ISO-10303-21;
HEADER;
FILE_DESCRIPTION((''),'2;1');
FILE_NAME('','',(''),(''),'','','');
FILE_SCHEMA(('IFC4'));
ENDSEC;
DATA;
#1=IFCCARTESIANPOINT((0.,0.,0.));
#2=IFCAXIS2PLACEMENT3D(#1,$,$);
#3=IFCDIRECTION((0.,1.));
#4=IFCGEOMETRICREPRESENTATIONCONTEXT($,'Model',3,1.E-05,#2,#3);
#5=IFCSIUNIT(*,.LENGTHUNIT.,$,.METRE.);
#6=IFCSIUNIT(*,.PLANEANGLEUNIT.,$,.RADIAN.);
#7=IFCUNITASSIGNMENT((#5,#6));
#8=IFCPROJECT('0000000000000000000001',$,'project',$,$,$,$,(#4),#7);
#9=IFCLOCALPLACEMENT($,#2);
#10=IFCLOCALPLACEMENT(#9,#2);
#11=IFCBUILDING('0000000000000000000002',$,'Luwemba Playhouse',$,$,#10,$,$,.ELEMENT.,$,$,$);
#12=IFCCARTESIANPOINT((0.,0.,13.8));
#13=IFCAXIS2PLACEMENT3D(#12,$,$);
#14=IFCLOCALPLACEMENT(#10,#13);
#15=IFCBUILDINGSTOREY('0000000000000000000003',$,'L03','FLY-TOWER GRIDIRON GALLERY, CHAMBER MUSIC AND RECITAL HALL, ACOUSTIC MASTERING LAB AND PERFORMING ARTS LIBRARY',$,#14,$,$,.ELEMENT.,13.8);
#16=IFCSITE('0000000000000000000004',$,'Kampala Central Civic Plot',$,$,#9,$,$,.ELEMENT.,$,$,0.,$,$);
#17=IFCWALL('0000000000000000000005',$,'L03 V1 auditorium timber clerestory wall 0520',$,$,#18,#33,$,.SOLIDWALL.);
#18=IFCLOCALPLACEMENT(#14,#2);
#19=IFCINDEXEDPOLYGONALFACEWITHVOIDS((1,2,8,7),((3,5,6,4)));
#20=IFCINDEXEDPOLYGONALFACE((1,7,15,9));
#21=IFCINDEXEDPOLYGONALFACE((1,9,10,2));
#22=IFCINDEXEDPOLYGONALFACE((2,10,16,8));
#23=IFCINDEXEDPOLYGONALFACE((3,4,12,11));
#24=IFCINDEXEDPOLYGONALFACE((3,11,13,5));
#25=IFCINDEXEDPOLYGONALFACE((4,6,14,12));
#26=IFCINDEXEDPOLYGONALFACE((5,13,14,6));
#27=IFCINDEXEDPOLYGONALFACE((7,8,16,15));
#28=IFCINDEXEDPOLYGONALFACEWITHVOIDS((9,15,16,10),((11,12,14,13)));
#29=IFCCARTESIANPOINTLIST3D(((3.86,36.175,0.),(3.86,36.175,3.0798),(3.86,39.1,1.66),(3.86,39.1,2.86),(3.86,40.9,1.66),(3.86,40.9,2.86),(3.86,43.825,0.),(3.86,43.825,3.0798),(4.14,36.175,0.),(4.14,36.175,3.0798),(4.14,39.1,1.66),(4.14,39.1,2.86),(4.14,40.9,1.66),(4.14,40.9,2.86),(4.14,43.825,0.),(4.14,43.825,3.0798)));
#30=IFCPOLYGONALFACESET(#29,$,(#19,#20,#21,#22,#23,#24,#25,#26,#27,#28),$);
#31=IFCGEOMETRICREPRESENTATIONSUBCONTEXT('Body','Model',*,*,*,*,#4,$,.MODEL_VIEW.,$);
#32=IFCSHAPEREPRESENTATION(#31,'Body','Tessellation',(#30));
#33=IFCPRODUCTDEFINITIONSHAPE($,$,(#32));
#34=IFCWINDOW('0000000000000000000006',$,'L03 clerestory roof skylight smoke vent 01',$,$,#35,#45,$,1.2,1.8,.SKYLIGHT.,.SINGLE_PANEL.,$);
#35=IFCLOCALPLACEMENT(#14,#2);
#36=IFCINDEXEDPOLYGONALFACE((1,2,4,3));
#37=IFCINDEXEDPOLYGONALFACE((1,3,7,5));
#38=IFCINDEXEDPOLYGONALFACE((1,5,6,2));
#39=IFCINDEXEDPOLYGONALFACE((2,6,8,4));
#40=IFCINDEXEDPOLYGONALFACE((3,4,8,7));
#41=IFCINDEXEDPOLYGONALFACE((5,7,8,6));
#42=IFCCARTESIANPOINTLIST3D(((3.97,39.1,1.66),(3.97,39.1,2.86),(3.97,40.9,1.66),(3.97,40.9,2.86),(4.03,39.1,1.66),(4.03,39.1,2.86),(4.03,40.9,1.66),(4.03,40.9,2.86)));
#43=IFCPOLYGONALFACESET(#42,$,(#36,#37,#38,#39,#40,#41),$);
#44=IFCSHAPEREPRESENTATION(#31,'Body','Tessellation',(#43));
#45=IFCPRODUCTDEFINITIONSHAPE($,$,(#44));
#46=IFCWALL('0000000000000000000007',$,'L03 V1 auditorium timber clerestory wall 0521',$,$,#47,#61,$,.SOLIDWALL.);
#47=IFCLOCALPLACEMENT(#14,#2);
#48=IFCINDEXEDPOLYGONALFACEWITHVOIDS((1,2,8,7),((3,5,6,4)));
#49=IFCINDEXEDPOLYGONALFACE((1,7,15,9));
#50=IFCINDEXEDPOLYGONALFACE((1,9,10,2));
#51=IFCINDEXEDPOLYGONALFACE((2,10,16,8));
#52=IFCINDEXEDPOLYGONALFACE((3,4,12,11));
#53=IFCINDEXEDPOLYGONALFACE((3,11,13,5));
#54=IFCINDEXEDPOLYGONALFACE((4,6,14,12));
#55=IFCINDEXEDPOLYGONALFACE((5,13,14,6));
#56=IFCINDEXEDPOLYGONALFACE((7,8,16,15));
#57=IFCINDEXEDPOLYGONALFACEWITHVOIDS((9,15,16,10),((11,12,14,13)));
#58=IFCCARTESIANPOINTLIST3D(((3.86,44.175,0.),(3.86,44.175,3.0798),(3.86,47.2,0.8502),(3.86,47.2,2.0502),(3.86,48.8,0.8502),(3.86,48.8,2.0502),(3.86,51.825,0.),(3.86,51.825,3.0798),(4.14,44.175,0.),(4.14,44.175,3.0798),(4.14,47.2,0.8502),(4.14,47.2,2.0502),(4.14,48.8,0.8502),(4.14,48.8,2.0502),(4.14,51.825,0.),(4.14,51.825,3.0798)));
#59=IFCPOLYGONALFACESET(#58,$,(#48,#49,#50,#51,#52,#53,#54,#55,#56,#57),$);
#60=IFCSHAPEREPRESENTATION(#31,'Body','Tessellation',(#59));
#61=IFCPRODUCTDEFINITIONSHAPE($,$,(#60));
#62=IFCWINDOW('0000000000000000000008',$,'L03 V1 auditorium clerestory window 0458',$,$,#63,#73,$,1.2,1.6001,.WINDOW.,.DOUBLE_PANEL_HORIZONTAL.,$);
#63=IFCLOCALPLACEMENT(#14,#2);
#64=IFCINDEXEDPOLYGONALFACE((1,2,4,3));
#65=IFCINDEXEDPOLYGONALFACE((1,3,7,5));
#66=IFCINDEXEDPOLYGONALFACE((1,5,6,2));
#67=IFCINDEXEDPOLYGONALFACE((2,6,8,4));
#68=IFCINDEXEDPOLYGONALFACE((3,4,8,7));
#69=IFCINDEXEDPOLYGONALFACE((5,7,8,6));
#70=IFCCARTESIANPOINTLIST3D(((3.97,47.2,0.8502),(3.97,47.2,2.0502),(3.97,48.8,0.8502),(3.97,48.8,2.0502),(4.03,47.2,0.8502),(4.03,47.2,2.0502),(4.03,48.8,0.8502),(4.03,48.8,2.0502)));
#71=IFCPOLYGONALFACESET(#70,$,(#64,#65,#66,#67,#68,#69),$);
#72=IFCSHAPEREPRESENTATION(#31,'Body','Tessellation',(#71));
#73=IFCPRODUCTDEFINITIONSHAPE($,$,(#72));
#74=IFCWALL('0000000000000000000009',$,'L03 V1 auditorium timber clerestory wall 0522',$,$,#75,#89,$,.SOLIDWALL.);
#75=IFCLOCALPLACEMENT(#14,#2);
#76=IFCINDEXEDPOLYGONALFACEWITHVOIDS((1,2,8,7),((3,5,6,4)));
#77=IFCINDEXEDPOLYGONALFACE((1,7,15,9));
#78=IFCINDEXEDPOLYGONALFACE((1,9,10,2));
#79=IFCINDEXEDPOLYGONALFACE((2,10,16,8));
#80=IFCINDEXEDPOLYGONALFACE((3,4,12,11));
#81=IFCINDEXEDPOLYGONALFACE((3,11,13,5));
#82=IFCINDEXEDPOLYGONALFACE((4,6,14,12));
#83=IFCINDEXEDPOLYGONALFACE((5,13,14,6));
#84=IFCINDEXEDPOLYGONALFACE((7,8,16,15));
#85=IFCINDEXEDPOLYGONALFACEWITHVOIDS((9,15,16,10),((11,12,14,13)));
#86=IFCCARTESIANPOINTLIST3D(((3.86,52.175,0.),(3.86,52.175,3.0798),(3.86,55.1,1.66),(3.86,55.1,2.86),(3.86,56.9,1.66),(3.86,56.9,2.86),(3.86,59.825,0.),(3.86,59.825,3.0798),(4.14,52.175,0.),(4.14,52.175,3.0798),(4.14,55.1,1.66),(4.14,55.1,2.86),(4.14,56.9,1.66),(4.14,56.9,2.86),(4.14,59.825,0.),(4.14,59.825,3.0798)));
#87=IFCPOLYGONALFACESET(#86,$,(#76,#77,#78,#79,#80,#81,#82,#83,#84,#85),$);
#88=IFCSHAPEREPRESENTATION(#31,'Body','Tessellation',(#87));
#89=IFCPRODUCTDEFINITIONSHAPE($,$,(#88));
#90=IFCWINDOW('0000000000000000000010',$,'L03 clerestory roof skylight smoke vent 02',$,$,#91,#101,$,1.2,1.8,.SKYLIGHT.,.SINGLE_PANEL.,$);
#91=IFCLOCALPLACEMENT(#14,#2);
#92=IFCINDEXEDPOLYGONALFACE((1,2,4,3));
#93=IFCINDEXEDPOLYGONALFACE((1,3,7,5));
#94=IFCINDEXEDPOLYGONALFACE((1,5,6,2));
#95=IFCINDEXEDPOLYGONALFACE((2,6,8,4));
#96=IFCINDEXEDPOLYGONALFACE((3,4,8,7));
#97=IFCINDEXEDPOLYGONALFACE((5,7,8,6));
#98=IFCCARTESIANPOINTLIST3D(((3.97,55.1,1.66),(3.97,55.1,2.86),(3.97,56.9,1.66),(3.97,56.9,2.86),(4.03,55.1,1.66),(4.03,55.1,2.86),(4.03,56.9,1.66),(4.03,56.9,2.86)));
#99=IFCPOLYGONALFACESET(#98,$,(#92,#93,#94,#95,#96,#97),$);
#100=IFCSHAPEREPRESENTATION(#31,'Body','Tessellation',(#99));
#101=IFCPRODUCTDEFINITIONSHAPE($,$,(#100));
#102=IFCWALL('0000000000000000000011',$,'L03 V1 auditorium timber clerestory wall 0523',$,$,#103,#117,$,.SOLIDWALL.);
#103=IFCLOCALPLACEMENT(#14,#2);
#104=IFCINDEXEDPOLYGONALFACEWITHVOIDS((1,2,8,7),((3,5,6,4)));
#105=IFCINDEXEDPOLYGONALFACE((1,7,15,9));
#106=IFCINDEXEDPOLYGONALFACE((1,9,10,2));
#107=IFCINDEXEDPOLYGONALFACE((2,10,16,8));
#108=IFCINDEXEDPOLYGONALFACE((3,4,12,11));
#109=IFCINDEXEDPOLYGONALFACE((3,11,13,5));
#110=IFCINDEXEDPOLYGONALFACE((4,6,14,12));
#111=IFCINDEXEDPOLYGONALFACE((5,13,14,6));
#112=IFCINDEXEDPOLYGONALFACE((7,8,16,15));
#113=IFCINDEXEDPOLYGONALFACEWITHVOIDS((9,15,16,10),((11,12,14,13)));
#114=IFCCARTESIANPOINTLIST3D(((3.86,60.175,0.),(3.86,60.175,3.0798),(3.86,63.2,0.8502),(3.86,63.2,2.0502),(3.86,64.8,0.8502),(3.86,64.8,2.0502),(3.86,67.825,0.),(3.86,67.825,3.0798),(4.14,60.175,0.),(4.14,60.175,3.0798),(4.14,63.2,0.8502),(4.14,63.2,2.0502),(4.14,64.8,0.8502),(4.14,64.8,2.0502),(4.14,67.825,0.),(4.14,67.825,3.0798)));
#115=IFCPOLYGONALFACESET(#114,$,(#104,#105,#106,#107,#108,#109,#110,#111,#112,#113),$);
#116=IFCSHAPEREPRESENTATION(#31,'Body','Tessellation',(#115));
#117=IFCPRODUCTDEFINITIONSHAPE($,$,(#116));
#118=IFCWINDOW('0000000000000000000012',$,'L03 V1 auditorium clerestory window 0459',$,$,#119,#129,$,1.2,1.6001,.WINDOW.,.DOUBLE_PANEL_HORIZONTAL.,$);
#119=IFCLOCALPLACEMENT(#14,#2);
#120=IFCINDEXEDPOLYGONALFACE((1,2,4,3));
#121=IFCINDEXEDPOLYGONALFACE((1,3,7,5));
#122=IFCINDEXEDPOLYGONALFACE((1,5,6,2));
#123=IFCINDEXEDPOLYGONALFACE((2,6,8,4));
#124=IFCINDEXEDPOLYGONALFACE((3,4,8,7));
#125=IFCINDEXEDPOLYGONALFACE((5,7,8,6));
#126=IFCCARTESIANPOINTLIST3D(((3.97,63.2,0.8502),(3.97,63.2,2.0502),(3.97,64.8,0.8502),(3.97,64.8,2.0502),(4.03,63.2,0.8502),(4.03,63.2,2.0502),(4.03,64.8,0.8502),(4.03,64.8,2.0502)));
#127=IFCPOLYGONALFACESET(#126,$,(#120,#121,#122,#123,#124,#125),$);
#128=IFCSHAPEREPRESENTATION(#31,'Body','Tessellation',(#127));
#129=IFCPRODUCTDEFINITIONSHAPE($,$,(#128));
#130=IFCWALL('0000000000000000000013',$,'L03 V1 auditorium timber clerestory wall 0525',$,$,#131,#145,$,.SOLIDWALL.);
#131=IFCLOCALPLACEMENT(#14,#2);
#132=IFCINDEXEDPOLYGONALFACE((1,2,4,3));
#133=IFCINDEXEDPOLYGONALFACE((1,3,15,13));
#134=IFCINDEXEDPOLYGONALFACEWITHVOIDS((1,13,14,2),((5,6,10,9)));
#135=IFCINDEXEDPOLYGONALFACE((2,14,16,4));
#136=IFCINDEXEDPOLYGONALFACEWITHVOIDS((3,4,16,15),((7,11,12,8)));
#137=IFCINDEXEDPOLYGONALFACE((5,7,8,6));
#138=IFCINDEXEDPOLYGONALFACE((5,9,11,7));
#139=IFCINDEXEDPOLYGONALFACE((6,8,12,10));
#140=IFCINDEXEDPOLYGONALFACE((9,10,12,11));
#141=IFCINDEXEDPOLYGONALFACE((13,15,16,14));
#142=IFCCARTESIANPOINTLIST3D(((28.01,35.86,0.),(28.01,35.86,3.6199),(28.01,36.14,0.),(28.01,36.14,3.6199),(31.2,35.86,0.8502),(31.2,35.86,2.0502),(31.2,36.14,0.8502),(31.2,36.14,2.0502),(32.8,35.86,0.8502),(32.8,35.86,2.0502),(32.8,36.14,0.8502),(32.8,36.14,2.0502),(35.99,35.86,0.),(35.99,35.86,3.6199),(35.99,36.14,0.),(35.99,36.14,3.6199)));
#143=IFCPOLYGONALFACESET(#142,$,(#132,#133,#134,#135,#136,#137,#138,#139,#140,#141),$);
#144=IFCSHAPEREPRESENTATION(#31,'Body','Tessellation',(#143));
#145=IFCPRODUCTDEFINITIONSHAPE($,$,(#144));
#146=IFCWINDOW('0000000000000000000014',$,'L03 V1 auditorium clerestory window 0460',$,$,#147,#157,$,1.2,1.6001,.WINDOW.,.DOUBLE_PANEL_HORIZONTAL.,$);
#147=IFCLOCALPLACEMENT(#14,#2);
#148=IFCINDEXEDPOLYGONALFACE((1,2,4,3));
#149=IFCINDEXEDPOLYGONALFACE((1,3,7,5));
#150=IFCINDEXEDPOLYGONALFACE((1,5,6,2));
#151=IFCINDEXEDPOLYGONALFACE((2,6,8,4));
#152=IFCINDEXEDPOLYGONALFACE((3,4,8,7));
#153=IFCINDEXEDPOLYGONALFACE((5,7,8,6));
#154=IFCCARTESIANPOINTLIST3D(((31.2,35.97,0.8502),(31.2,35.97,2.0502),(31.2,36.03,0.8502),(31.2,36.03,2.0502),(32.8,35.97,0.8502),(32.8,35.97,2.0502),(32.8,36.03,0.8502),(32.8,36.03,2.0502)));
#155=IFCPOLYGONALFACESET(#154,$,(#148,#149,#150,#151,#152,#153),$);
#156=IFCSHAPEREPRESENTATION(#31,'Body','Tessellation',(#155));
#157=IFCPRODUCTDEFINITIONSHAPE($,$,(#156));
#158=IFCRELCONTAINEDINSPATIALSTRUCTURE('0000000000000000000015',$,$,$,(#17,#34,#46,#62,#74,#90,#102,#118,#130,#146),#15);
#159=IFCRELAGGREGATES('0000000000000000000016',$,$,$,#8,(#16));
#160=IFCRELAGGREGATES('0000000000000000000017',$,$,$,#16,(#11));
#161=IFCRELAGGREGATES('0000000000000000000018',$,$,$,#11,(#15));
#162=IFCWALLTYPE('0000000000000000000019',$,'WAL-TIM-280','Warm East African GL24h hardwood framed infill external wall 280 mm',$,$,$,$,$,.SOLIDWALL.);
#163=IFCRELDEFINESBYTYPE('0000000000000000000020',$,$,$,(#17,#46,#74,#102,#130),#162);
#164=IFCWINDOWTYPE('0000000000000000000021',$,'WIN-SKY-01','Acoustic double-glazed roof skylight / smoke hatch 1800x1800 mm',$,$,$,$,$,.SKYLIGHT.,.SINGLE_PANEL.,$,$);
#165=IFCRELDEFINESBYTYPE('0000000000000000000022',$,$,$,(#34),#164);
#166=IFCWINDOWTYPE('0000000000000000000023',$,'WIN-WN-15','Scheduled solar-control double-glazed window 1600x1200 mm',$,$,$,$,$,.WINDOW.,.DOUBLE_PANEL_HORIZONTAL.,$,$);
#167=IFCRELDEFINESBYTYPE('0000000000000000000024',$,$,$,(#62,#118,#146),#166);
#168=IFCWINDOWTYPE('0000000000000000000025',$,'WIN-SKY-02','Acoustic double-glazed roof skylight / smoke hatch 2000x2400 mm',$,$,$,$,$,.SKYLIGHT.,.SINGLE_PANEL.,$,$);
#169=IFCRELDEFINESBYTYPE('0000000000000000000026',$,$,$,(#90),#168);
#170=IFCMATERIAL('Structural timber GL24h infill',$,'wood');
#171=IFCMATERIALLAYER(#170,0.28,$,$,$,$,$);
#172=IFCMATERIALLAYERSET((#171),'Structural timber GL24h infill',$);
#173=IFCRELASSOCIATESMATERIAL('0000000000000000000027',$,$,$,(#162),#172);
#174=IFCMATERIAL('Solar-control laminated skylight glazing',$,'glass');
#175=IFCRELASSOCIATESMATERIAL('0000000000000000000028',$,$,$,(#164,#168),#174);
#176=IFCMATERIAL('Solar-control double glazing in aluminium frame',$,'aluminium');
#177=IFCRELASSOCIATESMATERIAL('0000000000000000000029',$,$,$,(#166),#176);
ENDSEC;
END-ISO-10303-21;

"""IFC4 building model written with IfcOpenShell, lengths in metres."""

from ifc_helpers import new_model, si_unit, direction, frame, frame_2d, origin, place, context, subcontext, project, spatial, rectangle, extrude, material, layer, layer_set, type_object, element, fill, save


model = new_model("IFC4")

# Units and contexts
model_context = context("Model", 3, precision=1e-05, world=origin(), true_north=direction((0.0, 1.0)))
body_context = subcontext(model_context, "Body", "Model", "MODEL_VIEW")
ifc_project = project(units=[si_unit("LENGTHUNIT", "METRE"), si_unit("PLANEANGLEUNIT", "RADIAN")], contexts=[model_context])

# Site, building, storey
site_placement = place(None, origin())
site = spatial("IfcSite", under=ifc_project, at=site_placement, Name="Kampala Central Civic Plot", CompositionType="ELEMENT", RefElevation=0.0)
building_placement = place(site_placement, origin())
building = spatial("IfcBuilding", under=site, at=building_placement, Name="Luwemba Playhouse", CompositionType="ELEMENT")
storey_placement = place(building_placement, frame((0.0, 0.0, 13.8)))
storey = spatial("IfcBuildingStorey", under=building, at=storey_placement, Name="L03", Description="FLY-TOWER GRIDIRON GALLERY, CHAMBER MUSIC AND RECITAL HALL, ACOUSTIC MASTERING LAB AND PERFORMING ARTS LIBRARY", CompositionType="ELEMENT", Elevation=13.8)

# Walls, openings, windows
ifc_material_1 = material(Name="Structural timber GL24h infill", Category="wood")
ifc_layer_1 = layer(ifc_material_1, 0.28)
ifc_layer_set_1 = layer_set([ifc_layer_1], Name="Structural timber GL24h infill")
wall_type = type_object("IfcWallType", Name="WAL-TIM-280", Description="Warm East African GL24h hardwood framed infill external wall 280 mm", PredefinedType="SOLIDWALL", material=ifc_layer_set_1)
wall_1_placement = place(storey_placement, frame((4.0, 36.175, 0.0), z_axis=(0.0, 0.0, 1.0), x_axis=(0.0, 1.0, 0.0)))
wall_1 = element("IfcWall", 1, at=wall_1_placement, inside=storey, type_object=wall_type, Name="L03 V1 auditorium timber clerestory wall 0520", PredefinedType="SOLIDWALL", context=body_context, shape_type="SweptSolid", body=[
    extrude(rectangle(XDim=7.6499, YDim=0.28, at=frame_2d((3.825, 0.0))), origin(), (0.0, 0.0, 1.0), 3.0798),
])
opening_1_placement = place(wall_1_placement, frame((2.925, 0.0, 1.6599)))
opening_1 = element("IfcOpeningElement", 2, at=opening_1_placement, cuts=wall_1, PredefinedType="OPENING", context=body_context, shape_type="SweptSolid", body=[
    extrude(rectangle(XDim=1.8, YDim=1.2, at=frame_2d((0.8999, 0.6001))), frame((0.0, 0.1499, 0.0), z_axis=(0.0, -1.0, 0.0), x_axis=(1.0, 0.0, 0.0)), (0.0, 0.0, 1.0), 0.3),
])
ifc_material_2 = material(Name="Solar-control laminated skylight glazing", Category="glass")
window_type_1 = type_object("IfcWindowType", Name="WIN-SKY-01", Description="Acoustic double-glazed roof skylight / smoke hatch 1800x1800 mm", PartitioningType="SINGLE_PANEL", PredefinedType="SKYLIGHT", material=ifc_material_2)
window_1_placement = place(opening_1_placement, origin())
window_1 = element("IfcWindow", 3, at=window_1_placement, inside=storey, type_object=window_type_1, Name="L03 clerestory roof skylight smoke vent 01", OverallHeight=1.2, OverallWidth=1.8, PartitioningType="SINGLE_PANEL", PredefinedType="SKYLIGHT", context=body_context, shape_type="SweptSolid", body=[
    extrude(rectangle(XDim=1.8, YDim=1.2, at=frame_2d((0.8999, 0.6001))), frame((0.0, 0.03, 0.0), z_axis=(0.0, -1.0, 0.0), x_axis=(1.0, 0.0, 0.0)), (0.0, 0.0, 1.0), 0.0601),
])
fill(opening_1, window_1)
wall_2_placement = place(storey_placement, frame((4.0, 44.175, 0.0), z_axis=(0.0, 0.0, 1.0), x_axis=(0.0, 1.0, 0.0)))
wall_2 = element("IfcWall", 4, at=wall_2_placement, inside=storey, type_object=wall_type, Name="L03 V1 auditorium timber clerestory wall 0521", PredefinedType="SOLIDWALL", context=body_context, shape_type="SweptSolid", body=[
    extrude(rectangle(XDim=7.6499, YDim=0.28, at=frame_2d((3.825, 0.0))), origin(), (0.0, 0.0, 1.0), 3.0798),
])
opening_2_placement = place(wall_2_placement, frame((3.0249, 0.0, 0.8501)))
opening_2 = element("IfcOpeningElement", 5, at=opening_2_placement, cuts=wall_2, PredefinedType="OPENING", context=body_context, shape_type="SweptSolid", body=[
    extrude(rectangle(XDim=1.6001, YDim=1.2, at=frame_2d((0.8, 0.6001))), frame((0.0, 0.1499, 0.0), z_axis=(0.0, -1.0, 0.0), x_axis=(1.0, 0.0, 0.0)), (0.0, 0.0, 1.0), 0.3),
])
ifc_material_3 = material(Name="Solar-control double glazing in aluminium frame", Category="aluminium")
window_type_2 = type_object("IfcWindowType", Name="WIN-WN-15", Description="Scheduled solar-control double-glazed window 1600x1200 mm", PartitioningType="DOUBLE_PANEL_HORIZONTAL", PredefinedType="WINDOW", material=ifc_material_3)
window_2_placement = place(opening_2_placement, origin())
window_2 = element("IfcWindow", 6, at=window_2_placement, inside=storey, type_object=window_type_2, Name="L03 V1 auditorium clerestory window 0458", OverallHeight=1.2, OverallWidth=1.6001, PartitioningType="DOUBLE_PANEL_HORIZONTAL", PredefinedType="WINDOW", context=body_context, shape_type="SweptSolid", body=[
    extrude(rectangle(XDim=1.6001, YDim=1.2, at=frame_2d((0.8, 0.6001))), frame((0.0, 0.03, 0.0), z_axis=(0.0, -1.0, 0.0), x_axis=(1.0, 0.0, 0.0)), (0.0, 0.0, 1.0), 0.0601),
])
fill(opening_2, window_2)
wall_3_placement = place(storey_placement, frame((4.0, 52.175, 0.0), z_axis=(0.0, 0.0, 1.0), x_axis=(0.0, 1.0, 0.0)))
wall_3 = element("IfcWall", 7, at=wall_3_placement, inside=storey, type_object=wall_type, Name="L03 V1 auditorium timber clerestory wall 0522", PredefinedType="SOLIDWALL", context=body_context, shape_type="SweptSolid", body=[
    extrude(rectangle(XDim=7.6499, YDim=0.28, at=frame_2d((3.825, 0.0))), origin(), (0.0, 0.0, 1.0), 3.0798),
])
opening_3_placement = place(wall_3_placement, frame((2.925, 0.0, 1.6599)))
opening_3 = element("IfcOpeningElement", 8, at=opening_3_placement, cuts=wall_3, PredefinedType="OPENING", context=body_context, shape_type="SweptSolid", body=[
    extrude(rectangle(XDim=1.8, YDim=1.2, at=frame_2d((0.8999, 0.6001))), frame((0.0, 0.1499, 0.0), z_axis=(0.0, -1.0, 0.0), x_axis=(1.0, 0.0, 0.0)), (0.0, 0.0, 1.0), 0.3),
])
window_type_3 = type_object("IfcWindowType", Name="WIN-SKY-02", Description="Acoustic double-glazed roof skylight / smoke hatch 2000x2400 mm", PartitioningType="SINGLE_PANEL", PredefinedType="SKYLIGHT", material=ifc_material_2)
window_3_placement = place(opening_3_placement, origin())
window_3 = element("IfcWindow", 9, at=window_3_placement, inside=storey, type_object=window_type_3, Name="L03 clerestory roof skylight smoke vent 02", OverallHeight=1.2, OverallWidth=1.8, PartitioningType="SINGLE_PANEL", PredefinedType="SKYLIGHT", context=body_context, shape_type="SweptSolid", body=[
    extrude(rectangle(XDim=1.8, YDim=1.2, at=frame_2d((0.8999, 0.6001))), frame((0.0, 0.03, 0.0), z_axis=(0.0, -1.0, 0.0), x_axis=(1.0, 0.0, 0.0)), (0.0, 0.0, 1.0), 0.0601),
])
fill(opening_3, window_3)
wall_4_placement = place(storey_placement, frame((4.0, 60.175, 0.0), z_axis=(0.0, 0.0, 1.0), x_axis=(0.0, 1.0, 0.0)))
wall_4 = element("IfcWall", 10, at=wall_4_placement, inside=storey, type_object=wall_type, Name="L03 V1 auditorium timber clerestory wall 0523", PredefinedType="SOLIDWALL", context=body_context, shape_type="SweptSolid", body=[
    extrude(rectangle(XDim=7.6499, YDim=0.28, at=frame_2d((3.825, 0.0))), origin(), (0.0, 0.0, 1.0), 3.0798),
])
opening_4_placement = place(wall_4_placement, frame((3.0249, 0.0, 0.8501)))
opening_4 = element("IfcOpeningElement", 11, at=opening_4_placement, cuts=wall_4, PredefinedType="OPENING", context=body_context, shape_type="SweptSolid", body=[
    extrude(rectangle(XDim=1.6001, YDim=1.2, at=frame_2d((0.8, 0.6001))), frame((0.0, 0.1499, 0.0), z_axis=(0.0, -1.0, 0.0), x_axis=(1.0, 0.0, 0.0)), (0.0, 0.0, 1.0), 0.3),
])
window_4_placement = place(opening_4_placement, origin())
window_4 = element("IfcWindow", 12, at=window_4_placement, inside=storey, type_object=window_type_2, Name="L03 V1 auditorium clerestory window 0459", OverallHeight=1.2, OverallWidth=1.6001, PartitioningType="DOUBLE_PANEL_HORIZONTAL", PredefinedType="WINDOW", context=body_context, shape_type="SweptSolid", body=[
    extrude(rectangle(XDim=1.6001, YDim=1.2, at=frame_2d((0.8, 0.6001))), frame((0.0, 0.03, 0.0), z_axis=(0.0, -1.0, 0.0), x_axis=(1.0, 0.0, 0.0)), (0.0, 0.0, 1.0), 0.0601),
])
fill(opening_4, window_4)
wall_5_placement = place(storey_placement, frame((35.99, 36.0, 0.0), z_axis=(0.0, 0.0, 1.0), x_axis=(-1.0, 0.0, 0.0)))
wall_5 = element("IfcWall", 13, at=wall_5_placement, inside=storey, type_object=wall_type, Name="L03 V1 auditorium timber clerestory wall 0525", PredefinedType="SOLIDWALL", context=body_context, shape_type="SweptSolid", body=[
    extrude(rectangle(XDim=7.98, YDim=0.28, at=frame_2d((3.99, 0.0))), origin(), (0.0, 0.0, 1.0), 3.6199),
])
opening_5_placement = place(wall_5_placement, frame((3.1899, 0.0, 0.8501)))
opening_5 = element("IfcOpeningElement", 14, at=opening_5_placement, cuts=wall_5, PredefinedType="OPENING", context=body_context, shape_type="SweptSolid", body=[
    extrude(rectangle(XDim=1.6001, YDim=1.2, at=frame_2d((0.8, 0.6001))), frame((0.0, 0.1499, 0.0), z_axis=(0.0, -1.0, 0.0), x_axis=(1.0, 0.0, 0.0)), (0.0, 0.0, 1.0), 0.3),
])
window_5_placement = place(opening_5_placement, origin())
window_5 = element("IfcWindow", 15, at=window_5_placement, inside=storey, type_object=window_type_2, Name="L03 V1 auditorium clerestory window 0460", OverallHeight=1.2, OverallWidth=1.6001, PartitioningType="DOUBLE_PANEL_HORIZONTAL", PredefinedType="WINDOW", context=body_context, shape_type="SweptSolid", body=[
    extrude(rectangle(XDim=1.6001, YDim=1.2, at=frame_2d((0.8, 0.6001))), frame((0.0, 0.03, 0.0), z_axis=(0.0, -1.0, 0.0), x_axis=(1.0, 0.0, 0.0)), (0.0, 0.0, 1.0), 0.0601),
])
fill(opening_5, window_5)

save(model, "model.ifc")
